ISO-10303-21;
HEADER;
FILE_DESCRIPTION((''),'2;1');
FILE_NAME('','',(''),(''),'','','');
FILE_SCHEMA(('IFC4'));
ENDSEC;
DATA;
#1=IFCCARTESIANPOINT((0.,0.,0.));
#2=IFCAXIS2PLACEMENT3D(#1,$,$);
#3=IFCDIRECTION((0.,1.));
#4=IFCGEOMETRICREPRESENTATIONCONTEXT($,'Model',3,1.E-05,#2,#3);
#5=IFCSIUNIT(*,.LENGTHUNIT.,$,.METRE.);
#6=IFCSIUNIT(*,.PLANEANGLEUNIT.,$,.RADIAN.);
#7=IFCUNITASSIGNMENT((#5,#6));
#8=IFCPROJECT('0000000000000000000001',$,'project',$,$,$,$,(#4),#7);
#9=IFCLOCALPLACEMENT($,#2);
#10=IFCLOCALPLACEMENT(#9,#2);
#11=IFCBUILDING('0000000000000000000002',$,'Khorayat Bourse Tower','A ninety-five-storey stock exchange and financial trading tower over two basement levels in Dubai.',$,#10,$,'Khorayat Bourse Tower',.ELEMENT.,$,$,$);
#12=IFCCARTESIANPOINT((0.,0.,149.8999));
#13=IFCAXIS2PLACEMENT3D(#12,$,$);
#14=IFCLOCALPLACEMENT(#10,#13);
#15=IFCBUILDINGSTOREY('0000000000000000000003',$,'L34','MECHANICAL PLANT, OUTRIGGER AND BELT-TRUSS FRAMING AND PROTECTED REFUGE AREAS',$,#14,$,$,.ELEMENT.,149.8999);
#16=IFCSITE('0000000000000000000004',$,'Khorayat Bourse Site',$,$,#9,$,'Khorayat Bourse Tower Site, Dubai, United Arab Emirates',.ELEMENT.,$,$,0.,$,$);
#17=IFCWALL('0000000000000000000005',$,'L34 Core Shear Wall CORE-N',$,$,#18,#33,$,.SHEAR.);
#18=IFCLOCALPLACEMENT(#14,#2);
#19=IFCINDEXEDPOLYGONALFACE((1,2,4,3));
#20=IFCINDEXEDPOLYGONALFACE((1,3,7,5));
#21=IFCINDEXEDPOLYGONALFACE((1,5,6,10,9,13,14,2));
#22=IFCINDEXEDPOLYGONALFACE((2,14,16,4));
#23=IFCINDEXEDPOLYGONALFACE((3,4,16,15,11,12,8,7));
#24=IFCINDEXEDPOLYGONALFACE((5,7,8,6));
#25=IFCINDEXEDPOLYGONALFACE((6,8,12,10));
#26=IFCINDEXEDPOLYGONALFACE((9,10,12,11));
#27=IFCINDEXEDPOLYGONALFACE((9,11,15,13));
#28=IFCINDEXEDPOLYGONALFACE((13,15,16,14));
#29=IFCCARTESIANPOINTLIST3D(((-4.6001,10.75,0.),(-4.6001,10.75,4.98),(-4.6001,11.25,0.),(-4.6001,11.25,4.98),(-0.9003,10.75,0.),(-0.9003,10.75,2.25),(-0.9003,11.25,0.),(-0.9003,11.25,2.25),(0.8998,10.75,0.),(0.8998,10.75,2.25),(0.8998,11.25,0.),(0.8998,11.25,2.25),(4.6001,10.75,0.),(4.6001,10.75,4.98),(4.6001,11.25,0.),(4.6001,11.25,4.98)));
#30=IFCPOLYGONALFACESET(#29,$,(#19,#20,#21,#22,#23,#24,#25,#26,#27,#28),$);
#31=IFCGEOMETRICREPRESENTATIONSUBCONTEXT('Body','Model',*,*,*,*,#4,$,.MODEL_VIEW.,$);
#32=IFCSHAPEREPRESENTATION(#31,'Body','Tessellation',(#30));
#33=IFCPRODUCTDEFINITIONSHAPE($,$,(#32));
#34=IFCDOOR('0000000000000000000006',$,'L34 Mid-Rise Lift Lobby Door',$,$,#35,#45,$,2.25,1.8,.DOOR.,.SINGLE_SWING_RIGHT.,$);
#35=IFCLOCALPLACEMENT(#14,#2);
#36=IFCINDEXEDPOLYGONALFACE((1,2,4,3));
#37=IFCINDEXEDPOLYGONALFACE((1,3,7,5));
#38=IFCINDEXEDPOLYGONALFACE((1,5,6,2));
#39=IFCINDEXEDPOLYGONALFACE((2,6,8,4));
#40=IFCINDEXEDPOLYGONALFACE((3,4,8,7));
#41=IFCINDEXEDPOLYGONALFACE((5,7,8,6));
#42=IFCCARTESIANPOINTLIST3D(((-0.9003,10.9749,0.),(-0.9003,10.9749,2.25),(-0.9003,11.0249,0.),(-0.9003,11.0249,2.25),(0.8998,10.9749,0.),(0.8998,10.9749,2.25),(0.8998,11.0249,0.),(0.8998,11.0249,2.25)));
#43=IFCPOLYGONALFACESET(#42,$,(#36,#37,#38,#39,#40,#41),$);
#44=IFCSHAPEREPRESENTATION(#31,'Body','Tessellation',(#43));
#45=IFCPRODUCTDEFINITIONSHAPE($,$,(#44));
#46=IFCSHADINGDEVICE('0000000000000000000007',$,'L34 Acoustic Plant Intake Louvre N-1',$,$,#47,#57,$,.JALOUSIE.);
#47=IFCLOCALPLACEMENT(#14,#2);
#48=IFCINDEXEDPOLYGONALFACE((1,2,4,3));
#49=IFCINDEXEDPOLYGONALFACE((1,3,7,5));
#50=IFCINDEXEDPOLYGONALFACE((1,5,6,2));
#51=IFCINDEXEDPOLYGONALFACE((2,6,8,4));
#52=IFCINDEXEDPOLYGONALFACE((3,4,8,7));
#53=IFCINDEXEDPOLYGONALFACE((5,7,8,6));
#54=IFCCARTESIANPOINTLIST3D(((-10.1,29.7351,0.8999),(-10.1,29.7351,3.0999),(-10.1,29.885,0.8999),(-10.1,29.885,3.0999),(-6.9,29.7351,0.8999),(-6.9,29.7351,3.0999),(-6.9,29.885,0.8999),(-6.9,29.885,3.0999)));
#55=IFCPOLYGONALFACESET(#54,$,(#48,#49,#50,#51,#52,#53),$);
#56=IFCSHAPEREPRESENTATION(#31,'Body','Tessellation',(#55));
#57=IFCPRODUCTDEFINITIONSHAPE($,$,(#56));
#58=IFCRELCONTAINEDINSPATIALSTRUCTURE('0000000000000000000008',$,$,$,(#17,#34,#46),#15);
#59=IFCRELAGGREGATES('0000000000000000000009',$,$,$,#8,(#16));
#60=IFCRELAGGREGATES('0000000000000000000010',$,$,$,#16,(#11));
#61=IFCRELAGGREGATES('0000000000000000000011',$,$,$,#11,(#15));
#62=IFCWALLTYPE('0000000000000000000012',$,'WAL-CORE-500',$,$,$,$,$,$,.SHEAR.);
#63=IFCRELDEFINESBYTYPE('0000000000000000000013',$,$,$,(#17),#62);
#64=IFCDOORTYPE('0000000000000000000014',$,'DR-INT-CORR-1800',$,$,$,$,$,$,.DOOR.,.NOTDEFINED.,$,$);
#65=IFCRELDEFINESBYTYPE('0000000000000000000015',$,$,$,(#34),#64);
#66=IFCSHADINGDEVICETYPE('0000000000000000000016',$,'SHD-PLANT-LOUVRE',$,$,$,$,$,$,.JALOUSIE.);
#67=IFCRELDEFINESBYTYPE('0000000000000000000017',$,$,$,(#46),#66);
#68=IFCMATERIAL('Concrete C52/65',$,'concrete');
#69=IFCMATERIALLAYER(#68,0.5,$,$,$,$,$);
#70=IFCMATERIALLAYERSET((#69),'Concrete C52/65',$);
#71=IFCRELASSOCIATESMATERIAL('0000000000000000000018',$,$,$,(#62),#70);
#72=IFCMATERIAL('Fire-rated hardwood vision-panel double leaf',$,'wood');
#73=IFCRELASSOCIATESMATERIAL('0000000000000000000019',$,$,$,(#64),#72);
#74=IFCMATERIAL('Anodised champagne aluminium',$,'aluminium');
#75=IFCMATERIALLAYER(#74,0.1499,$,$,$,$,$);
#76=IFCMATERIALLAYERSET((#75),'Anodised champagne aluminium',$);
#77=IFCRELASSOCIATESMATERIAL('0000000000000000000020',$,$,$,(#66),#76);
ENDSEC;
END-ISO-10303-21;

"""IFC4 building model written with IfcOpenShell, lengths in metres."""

from ifc_helpers import new_model, si_unit, direction, frame, frame_2d, origin, origin_2d, place, context, subcontext, project, spatial, rectangle, extrude, source, transform, mapped, material, layer, layer_set, type_object, element, fill, save


model = new_model("IFC4")

# Units and contexts
model_context = context("Model", 3, precision=1e-05, world=origin(), true_north=direction((0.0, 1.0)))
body_context = subcontext(model_context, "Body", "Model", "MODEL_VIEW")
ifc_project = project(units=[si_unit("LENGTHUNIT", "METRE"), si_unit("PLANEANGLEUNIT", "RADIAN")], contexts=[model_context])

# Site, building, storey
site_placement = place(None, origin())
site = spatial("IfcSite", under=ifc_project, at=site_placement, Name="Khorayat Bourse Site", LongName="Khorayat Bourse Tower Site, Dubai, United Arab Emirates", CompositionType="ELEMENT", RefElevation=0.0)
building_placement = place(site_placement, origin())
building = spatial("IfcBuilding", under=site, at=building_placement, Name="Khorayat Bourse Tower", Description="A ninety-five-storey stock exchange and financial trading tower over two basement levels in Dubai.", LongName="Khorayat Bourse Tower", CompositionType="ELEMENT")
storey_placement = place(building_placement, frame((0.0, 0.0, 149.8999)))
storey = spatial("IfcBuildingStorey", under=building, at=storey_placement, Name="L34", Description="MECHANICAL PLANT, OUTRIGGER AND BELT-TRUSS FRAMING AND PROTECTED REFUGE AREAS", CompositionType="ELEMENT", Elevation=149.8999)

# Wall, opening, door
ifc_material_1 = material(Name="Concrete C52/65", Category="concrete")
ifc_layer_1 = layer(ifc_material_1, 0.5)
ifc_layer_set_1 = layer_set([ifc_layer_1], Name="Concrete C52/65")
wall_type_1 = type_object("IfcWallType", Name="WAL-CORE-500", PredefinedType="SHEAR", material=ifc_layer_set_1)
shared_shape_1 = source(origin(), body_context, "Body", "SweptSolid", [
    extrude(rectangle(XDim=9.2002, YDim=0.5, at=frame_2d((4.6001, 0.0))), origin(), (0.0, 0.0, 1.0), 4.98),
])
wall_1_placement = place(storey_placement, frame((-4.6001, 11.0, 0.0), z_axis=(0.0, 0.0, 1.0), x_axis=(1.0, 0.0, 0.0)))
wall_1 = element("IfcWall", 1, at=wall_1_placement, inside=storey, type_object=wall_type_1, Name="L34 Core Shear Wall CORE-N", PredefinedType="SHEAR", context=body_context, shape_type="MappedRepresentation", body=[
    mapped(shared_shape_1, transform((0.0, 0.0, 0.0), scale=1.0)),
])
shared_shape_2 = source(origin(), body_context, "Body", "SweptSolid", [
    extrude(rectangle(XDim=1.8, YDim=2.25, at=frame_2d((0.8999, 1.125))), frame((0.0, 0.26, 0.0), z_axis=(0.0, -1.0, 0.0), x_axis=(1.0, 0.0, 0.0)), (0.0, 0.0, 1.0), 0.52),
])
opening_placement = place(wall_1_placement, frame((3.7, 0.0, 0.0)))
opening = element("IfcOpeningElement", 2, at=opening_placement, cuts=wall_1, PredefinedType="OPENING", context=body_context, shape_type="MappedRepresentation", body=[
    mapped(shared_shape_2, transform((0.0, 0.0, 0.0), scale=1.0)),
])
ifc_material_2 = material(Name="Fire-rated hardwood vision-panel double leaf", Category="wood")
door_type = type_object("IfcDoorType", Name="DR-INT-CORR-1800", OperationType="NOTDEFINED", PredefinedType="DOOR", material=ifc_material_2)
shared_shape_3 = source(origin(), body_context, "Body", "SweptSolid", [
    extrude(rectangle(XDim=1.8, YDim=2.25, at=frame_2d((0.8999, 1.125))), frame((0.0, 0.0249, 0.0), z_axis=(0.0, -1.0, 0.0), x_axis=(1.0, 0.0, 0.0)), (0.0, 0.0, 1.0), 0.05),
])
door_placement = place(opening_placement, origin())
door = element("IfcDoor", 3, at=door_placement, inside=storey, type_object=door_type, Name="L34 Mid-Rise Lift Lobby Door", OperationType="SINGLE_SWING_RIGHT", OverallHeight=2.25, OverallWidth=1.8, PredefinedType="DOOR", context=body_context, shape_type="MappedRepresentation", body=[
    mapped(shared_shape_3, transform((0.0, 0.0, 0.0), scale=1.0)),
])
fill(opening, door)

# Shading device
ifc_material_3 = material(Name="Anodised champagne aluminium", Category="aluminium")
ifc_layer_2 = layer(ifc_material_3, 0.1499)
ifc_layer_set_2 = layer_set([ifc_layer_2], Name="Anodised champagne aluminium")
shading_device_type = type_object("IfcShadingDeviceType", Name="SHD-PLANT-LOUVRE", PredefinedType="JALOUSIE", material=ifc_layer_set_2)
shared_shape_4 = source(origin(), body_context, "Body", "SweptSolid", [
    extrude(rectangle(XDim=3.2, YDim=0.1499, at=origin_2d()), origin(), (0.0, 0.0, 1.0), 2.2),
])
shading_device_placement = place(storey_placement, frame((-8.5, 29.8101, 0.8999), z_axis=(0.0, 0.0, 1.0), x_axis=(1.0, 0.0, 0.0)))
element("IfcShadingDevice", 4, at=shading_device_placement, inside=storey, type_object=shading_device_type, Name="L34 Acoustic Plant Intake Louvre N-1", PredefinedType="JALOUSIE", context=body_context, shape_type="MappedRepresentation", body=[
    mapped(shared_shape_4, transform((0.0, 0.0, 0.0), scale=1.0)),
])

save(model, "model.ifc")
